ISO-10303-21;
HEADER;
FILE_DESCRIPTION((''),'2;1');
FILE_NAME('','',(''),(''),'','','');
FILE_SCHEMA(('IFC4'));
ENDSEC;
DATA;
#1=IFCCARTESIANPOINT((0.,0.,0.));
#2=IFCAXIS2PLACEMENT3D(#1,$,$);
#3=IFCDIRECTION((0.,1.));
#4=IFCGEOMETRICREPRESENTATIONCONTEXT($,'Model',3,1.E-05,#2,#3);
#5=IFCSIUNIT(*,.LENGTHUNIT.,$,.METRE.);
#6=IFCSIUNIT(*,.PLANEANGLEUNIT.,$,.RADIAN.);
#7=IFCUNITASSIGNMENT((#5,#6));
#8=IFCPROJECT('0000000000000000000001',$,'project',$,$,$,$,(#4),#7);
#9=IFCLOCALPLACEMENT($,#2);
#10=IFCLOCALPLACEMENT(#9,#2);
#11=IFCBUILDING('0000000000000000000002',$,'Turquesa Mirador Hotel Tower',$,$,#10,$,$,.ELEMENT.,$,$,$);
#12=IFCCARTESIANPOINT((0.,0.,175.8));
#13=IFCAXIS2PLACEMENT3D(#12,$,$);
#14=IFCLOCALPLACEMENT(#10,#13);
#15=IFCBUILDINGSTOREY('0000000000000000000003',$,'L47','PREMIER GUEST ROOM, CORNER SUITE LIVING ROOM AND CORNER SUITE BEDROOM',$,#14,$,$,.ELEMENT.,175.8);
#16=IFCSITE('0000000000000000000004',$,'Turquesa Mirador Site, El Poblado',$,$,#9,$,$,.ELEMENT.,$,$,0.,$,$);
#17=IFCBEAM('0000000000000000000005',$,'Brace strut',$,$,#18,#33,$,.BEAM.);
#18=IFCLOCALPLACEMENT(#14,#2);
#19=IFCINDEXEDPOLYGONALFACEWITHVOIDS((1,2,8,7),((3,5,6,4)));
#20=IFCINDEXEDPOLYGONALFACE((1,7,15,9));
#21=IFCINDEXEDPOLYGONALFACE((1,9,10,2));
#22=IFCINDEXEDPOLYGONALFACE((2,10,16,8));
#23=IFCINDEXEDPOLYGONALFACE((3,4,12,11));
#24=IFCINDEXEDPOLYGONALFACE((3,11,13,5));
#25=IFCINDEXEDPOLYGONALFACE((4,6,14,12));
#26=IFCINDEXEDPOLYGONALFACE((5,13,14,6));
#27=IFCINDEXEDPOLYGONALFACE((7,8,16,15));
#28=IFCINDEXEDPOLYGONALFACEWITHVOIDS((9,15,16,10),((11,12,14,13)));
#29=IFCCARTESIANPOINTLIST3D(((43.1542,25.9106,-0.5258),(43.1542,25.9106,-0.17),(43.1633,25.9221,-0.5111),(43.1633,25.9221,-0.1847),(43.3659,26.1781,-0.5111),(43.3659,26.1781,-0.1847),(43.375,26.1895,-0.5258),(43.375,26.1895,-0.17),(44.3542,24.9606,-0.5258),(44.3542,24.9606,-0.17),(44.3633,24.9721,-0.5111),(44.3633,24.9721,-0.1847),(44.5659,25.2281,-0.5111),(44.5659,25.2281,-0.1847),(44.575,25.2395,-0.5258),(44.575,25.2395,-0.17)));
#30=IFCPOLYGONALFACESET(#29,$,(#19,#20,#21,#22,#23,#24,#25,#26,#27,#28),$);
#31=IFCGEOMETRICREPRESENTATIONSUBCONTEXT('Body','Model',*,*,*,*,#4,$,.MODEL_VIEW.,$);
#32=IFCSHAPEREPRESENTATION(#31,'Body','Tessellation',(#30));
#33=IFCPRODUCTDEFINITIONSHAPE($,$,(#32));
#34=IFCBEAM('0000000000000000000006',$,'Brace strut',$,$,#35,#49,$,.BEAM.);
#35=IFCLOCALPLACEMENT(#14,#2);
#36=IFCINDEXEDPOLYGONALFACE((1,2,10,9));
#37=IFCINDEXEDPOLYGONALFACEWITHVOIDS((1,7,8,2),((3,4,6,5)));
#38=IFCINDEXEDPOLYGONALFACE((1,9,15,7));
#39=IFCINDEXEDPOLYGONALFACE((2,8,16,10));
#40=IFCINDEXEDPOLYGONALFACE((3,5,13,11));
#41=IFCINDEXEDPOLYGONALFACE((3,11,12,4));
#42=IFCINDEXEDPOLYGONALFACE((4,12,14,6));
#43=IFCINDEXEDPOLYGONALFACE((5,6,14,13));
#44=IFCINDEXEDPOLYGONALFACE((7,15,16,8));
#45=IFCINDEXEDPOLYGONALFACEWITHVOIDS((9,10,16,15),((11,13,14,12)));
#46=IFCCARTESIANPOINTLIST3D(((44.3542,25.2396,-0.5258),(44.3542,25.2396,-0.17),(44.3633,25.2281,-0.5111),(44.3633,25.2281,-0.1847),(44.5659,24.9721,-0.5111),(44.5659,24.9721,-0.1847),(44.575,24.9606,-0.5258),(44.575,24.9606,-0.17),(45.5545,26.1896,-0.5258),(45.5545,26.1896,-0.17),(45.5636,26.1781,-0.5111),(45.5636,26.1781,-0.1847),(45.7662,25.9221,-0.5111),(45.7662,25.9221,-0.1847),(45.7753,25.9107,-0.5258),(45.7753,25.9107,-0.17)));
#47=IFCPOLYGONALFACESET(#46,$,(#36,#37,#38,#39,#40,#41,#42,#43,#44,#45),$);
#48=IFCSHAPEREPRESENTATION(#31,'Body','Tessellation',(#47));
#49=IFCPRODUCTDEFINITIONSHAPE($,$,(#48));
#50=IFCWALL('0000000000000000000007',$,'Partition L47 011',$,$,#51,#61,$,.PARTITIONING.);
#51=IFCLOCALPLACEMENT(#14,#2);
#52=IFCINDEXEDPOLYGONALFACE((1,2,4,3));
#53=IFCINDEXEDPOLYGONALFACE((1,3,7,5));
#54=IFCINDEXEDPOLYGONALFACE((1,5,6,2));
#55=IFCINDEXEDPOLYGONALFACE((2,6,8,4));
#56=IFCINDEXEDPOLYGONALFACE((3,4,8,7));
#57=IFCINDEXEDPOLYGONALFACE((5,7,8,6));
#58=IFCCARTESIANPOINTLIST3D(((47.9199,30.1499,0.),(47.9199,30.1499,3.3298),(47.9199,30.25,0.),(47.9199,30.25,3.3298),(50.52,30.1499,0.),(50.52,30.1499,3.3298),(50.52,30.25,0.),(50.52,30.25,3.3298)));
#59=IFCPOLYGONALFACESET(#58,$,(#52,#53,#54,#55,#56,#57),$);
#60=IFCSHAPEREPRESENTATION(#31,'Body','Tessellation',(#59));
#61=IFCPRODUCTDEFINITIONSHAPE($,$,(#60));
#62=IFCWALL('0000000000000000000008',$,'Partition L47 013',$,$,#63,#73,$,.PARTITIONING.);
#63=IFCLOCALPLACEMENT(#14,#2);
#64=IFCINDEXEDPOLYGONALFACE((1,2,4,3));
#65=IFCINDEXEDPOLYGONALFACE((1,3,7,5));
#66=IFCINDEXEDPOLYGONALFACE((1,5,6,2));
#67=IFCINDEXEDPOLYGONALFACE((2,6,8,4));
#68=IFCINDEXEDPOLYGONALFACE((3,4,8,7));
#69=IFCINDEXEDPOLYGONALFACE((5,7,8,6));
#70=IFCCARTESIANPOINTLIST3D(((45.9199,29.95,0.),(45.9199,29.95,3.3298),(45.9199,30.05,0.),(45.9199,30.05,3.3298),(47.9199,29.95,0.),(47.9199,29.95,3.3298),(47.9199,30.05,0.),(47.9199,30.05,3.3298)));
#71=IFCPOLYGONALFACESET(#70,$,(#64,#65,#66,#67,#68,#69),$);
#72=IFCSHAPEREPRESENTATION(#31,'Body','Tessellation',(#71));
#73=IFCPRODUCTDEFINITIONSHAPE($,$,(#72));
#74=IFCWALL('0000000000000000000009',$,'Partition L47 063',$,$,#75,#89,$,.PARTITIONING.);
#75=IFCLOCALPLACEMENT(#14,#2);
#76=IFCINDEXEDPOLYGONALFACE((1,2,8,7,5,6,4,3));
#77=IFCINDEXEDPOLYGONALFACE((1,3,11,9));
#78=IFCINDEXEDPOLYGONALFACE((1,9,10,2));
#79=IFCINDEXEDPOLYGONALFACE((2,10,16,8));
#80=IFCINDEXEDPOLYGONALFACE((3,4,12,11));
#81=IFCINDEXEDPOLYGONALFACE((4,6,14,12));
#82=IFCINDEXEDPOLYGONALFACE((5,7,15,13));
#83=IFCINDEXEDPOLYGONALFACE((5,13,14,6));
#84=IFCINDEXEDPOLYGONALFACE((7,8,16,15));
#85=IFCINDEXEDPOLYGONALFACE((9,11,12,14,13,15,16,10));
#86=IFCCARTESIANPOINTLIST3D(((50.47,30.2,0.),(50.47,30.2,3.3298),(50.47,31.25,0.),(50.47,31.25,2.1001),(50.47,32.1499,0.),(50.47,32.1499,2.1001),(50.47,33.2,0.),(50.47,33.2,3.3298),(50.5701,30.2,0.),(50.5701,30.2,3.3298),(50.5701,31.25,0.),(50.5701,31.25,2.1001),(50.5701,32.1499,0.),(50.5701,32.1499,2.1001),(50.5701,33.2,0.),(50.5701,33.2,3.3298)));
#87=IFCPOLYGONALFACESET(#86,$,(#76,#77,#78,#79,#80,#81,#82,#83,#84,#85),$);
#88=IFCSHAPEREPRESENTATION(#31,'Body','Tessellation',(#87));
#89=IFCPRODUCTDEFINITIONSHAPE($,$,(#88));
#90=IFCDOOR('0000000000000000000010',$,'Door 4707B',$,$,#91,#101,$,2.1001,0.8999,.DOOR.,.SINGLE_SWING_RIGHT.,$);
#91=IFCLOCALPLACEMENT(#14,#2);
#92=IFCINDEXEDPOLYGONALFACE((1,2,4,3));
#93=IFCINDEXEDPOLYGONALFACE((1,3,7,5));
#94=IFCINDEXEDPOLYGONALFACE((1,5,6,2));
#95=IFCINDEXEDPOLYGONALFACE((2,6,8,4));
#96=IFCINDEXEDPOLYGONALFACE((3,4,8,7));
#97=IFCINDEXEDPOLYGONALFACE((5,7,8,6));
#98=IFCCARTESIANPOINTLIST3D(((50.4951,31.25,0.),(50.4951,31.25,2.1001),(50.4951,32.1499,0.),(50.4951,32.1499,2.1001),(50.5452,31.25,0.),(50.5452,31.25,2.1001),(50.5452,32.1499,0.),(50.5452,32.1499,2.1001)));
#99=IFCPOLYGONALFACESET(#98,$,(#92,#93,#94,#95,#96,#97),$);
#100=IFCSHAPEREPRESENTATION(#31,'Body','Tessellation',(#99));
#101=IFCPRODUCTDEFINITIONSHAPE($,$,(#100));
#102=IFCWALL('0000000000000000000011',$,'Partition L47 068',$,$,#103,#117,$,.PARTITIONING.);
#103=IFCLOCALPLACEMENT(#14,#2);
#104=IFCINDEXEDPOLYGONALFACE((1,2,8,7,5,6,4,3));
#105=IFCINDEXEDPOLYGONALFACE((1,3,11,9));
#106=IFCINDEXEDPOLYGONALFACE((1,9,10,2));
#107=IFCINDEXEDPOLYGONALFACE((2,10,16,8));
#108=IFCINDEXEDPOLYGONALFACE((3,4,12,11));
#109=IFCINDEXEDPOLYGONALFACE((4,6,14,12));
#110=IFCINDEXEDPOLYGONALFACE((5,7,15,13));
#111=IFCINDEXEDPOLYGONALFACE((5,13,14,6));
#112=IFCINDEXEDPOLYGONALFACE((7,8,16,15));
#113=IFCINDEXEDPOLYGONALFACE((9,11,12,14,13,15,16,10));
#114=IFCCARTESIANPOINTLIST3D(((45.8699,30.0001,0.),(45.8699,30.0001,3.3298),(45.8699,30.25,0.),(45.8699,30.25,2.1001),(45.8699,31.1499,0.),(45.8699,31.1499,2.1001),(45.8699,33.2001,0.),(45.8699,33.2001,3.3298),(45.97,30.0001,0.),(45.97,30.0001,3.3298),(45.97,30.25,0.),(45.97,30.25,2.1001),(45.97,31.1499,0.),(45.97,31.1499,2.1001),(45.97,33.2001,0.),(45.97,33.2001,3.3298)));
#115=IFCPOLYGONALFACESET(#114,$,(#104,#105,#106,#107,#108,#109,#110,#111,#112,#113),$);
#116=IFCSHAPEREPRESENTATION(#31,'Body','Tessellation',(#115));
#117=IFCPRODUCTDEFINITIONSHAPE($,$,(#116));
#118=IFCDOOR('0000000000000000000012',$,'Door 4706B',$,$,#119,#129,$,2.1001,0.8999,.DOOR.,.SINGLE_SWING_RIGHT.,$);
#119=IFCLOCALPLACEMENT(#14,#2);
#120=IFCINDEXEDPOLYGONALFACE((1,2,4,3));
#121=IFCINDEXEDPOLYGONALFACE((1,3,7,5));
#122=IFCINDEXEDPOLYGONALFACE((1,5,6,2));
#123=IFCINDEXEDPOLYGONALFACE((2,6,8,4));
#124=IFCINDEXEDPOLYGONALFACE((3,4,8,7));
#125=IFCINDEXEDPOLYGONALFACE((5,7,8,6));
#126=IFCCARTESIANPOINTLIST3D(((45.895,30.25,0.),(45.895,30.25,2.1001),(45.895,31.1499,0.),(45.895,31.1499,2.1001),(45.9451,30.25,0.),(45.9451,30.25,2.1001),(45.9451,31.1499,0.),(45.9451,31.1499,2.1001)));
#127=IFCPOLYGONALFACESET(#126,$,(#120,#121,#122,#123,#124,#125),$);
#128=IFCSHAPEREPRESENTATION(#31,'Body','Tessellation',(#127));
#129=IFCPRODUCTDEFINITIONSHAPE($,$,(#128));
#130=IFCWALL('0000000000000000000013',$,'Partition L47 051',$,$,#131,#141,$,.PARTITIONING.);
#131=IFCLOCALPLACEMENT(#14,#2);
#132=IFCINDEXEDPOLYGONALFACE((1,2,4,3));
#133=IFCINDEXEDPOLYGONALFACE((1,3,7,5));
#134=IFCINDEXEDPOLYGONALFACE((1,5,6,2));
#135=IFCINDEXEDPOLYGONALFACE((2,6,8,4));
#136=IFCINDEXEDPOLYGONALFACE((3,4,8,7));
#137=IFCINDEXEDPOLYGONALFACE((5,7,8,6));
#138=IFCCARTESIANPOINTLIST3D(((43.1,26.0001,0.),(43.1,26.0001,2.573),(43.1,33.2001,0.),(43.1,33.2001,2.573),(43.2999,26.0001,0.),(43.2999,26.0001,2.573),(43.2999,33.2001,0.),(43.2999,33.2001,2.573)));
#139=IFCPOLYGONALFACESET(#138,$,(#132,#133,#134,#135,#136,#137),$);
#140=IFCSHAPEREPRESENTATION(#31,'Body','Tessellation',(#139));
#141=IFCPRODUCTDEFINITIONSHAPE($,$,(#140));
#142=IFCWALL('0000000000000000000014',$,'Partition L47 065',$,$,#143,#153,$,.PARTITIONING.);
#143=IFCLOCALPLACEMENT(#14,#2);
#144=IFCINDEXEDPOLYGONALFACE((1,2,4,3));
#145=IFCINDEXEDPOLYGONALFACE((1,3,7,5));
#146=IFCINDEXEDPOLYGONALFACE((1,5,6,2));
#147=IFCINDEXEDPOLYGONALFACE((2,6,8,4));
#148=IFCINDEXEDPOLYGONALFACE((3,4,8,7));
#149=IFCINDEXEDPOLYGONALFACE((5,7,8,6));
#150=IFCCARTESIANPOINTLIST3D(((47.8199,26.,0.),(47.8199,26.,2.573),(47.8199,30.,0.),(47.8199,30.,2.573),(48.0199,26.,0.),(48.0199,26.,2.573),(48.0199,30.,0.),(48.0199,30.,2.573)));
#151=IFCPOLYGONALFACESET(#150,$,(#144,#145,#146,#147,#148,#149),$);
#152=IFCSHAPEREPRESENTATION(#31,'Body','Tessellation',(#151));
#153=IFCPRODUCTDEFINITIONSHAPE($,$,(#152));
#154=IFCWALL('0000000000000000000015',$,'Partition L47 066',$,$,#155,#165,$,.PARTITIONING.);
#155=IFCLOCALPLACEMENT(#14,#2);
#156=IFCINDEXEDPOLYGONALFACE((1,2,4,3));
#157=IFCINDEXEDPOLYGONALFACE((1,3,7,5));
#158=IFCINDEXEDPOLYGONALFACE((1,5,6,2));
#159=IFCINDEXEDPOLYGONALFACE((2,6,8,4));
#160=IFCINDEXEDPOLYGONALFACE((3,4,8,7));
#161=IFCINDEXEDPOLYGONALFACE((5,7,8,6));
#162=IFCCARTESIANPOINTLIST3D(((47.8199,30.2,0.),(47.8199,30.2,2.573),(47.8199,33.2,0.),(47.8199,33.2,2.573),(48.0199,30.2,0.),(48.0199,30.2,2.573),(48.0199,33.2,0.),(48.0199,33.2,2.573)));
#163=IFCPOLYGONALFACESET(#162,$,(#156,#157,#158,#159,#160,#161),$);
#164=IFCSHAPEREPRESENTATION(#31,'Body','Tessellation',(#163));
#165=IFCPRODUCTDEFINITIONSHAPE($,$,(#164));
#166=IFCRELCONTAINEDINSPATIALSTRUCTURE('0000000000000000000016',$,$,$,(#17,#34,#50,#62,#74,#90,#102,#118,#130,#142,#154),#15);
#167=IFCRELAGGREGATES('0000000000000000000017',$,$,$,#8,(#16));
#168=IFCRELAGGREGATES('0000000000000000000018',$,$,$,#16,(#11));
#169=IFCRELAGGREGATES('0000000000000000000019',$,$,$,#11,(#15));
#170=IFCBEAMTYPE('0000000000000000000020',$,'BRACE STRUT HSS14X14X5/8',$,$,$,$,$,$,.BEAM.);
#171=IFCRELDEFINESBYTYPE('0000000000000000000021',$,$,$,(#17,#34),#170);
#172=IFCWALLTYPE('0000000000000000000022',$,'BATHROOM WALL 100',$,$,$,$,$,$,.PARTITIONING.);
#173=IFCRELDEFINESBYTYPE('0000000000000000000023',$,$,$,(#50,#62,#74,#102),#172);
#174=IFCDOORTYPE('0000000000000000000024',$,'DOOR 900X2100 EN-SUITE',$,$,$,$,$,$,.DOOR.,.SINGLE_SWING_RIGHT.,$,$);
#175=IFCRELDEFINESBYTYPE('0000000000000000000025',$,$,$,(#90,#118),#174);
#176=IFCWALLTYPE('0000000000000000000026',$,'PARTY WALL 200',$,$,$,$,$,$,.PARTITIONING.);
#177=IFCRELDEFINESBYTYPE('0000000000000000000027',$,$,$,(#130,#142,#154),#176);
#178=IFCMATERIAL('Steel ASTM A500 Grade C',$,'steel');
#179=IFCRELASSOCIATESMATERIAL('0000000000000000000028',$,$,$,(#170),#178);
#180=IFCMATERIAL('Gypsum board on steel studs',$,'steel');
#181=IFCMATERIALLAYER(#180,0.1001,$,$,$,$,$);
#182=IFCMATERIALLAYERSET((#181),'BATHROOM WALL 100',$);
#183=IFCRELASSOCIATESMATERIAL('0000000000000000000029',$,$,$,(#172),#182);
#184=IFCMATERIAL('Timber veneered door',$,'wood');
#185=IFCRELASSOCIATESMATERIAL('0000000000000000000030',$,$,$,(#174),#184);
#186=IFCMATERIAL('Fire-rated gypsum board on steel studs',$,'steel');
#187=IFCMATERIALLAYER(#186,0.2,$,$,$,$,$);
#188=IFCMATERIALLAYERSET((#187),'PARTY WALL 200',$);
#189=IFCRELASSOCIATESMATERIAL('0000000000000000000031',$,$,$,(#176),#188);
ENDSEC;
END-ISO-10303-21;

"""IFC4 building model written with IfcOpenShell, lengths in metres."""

from ifc_helpers import new_model, si_unit, direction, frame, frame_2d, origin, origin_2d, place, context, subcontext, project, spatial, rectangle, hollow_rectangle, extrude, material, layer, layer_set, material_profile, profile_set, type_object, element, fill, save


model = new_model("IFC4")

# Units and contexts
model_context = context("Model", 3, precision=1e-05, world=origin(), true_north=direction((0.0, 1.0)))
body_context = subcontext(model_context, "Body", "Model", "MODEL_VIEW")
ifc_project = project(units=[si_unit("LENGTHUNIT", "METRE"), si_unit("PLANEANGLEUNIT", "RADIAN")], contexts=[model_context])

# Site, building, storey
site_placement = place(None, origin())
site = spatial("IfcSite", under=ifc_project, at=site_placement, Name="Turquesa Mirador Site, El Poblado", CompositionType="ELEMENT", RefElevation=0.0)
building_placement = place(site_placement, origin())
building = spatial("IfcBuilding", under=site, at=building_placement, Name="Turquesa Mirador Hotel Tower", CompositionType="ELEMENT")
storey_placement = place(building_placement, frame((0.0, 0.0, 175.8)))
storey = spatial("IfcBuildingStorey", under=building, at=storey_placement, Name="L47", Description="PREMIER GUEST ROOM, CORNER SUITE LIVING ROOM AND CORNER SUITE BEDROOM", CompositionType="ELEMENT", Elevation=175.8)

# Beams
ifc_material_1 = material(Name="Steel ASTM A500 Grade C", Category="steel")
ifc_material_profile_1 = material_profile(ifc_material_1, hollow_rectangle(XDim=0.3557, YDim=0.3557, WallThickness=0.0146, at=origin_2d()), Name="HSS14X14X5/8")
ifc_profile_set_1 = profile_set([ifc_material_profile_1], Name="Steel ASTM A500 Grade C")
beam_type_1 = type_object("IfcBeamType", Name="BRACE STRUT HSS14X14X5/8", PredefinedType="BEAM", material=ifc_profile_set_1)
beam_1_placement = place(storey_placement, frame((44.4646, 25.1001, -0.3479), z_axis=(-0.784049, 0.620699, 0.0), x_axis=(-0.620699, -0.784049, 0.0)))
element("IfcBeam", 1, at=beam_1_placement, inside=storey, type_object=beam_type_1, Name="Brace strut", PredefinedType="BEAM", context=body_context, shape_type="SweptSolid", body=[
    extrude(hollow_rectangle(XDim=0.3557, YDim=0.3557, WallThickness=0.0146, at=origin_2d()), origin(), (0.0, 0.0, 1.0), 1.5305),
])
beam_2_placement = place(storey_placement, frame((44.4646, 25.1001, -0.3479), z_axis=(0.784111, 0.620621, 0.0), x_axis=(-0.620621, 0.784111, 0.0)))
element("IfcBeam", 2, at=beam_2_placement, inside=storey, type_object=beam_type_1, Name="Brace strut", PredefinedType="BEAM", context=body_context, shape_type="SweptSolid", body=[
    extrude(hollow_rectangle(XDim=0.3557, YDim=0.3557, WallThickness=0.0146, at=origin_2d()), origin(), (0.0, 0.0, 1.0), 1.5308),
])

# Walls
ifc_material_2 = material(Name="Gypsum board on steel studs", Category="steel")
ifc_layer_1 = layer(ifc_material_2, 0.1001)
ifc_layer_set_1 = layer_set([ifc_layer_1], Name="BATHROOM WALL 100")
wall_type_1 = type_object("IfcWallType", Name="BATHROOM WALL 100", PredefinedType="PARTITIONING", material=ifc_layer_set_1)
wall_1_placement = place(storey_placement, frame((47.9199, 30.2, 0.0), z_axis=(0.0, 0.0, 1.0), x_axis=(1.0, 0.0, 0.0)))
element("IfcWall", 3, at=wall_1_placement, inside=storey, type_object=wall_type_1, Name="Partition L47 011", PredefinedType="PARTITIONING", context=body_context, shape_type="SweptSolid", body=[
    extrude(rectangle(XDim=2.6001, YDim=0.1001, at=frame_2d((1.3, 0.0))), origin(), (0.0, 0.0, 1.0), 3.3298),
])
wall_2_placement = place(storey_placement, frame((45.9199, 30.0, 0.0), z_axis=(0.0, 0.0, 1.0), x_axis=(1.0, 0.0, 0.0)))
element("IfcWall", 4, at=wall_2_placement, inside=storey, type_object=wall_type_1, Name="Partition L47 013", PredefinedType="PARTITIONING", context=body_context, shape_type="SweptSolid", body=[
    extrude(rectangle(XDim=2.0, YDim=0.1001, at=frame_2d((1.0, 0.0))), origin(), (0.0, 0.0, 1.0), 3.3298),
])

# Walls, openings, doors
wall_3_placement = place(storey_placement, frame((50.52, 30.2, 0.0), z_axis=(0.0, 0.0, 1.0), x_axis=(0.0, 1.0, 0.0)))
wall_3 = element("IfcWall", 5, at=wall_3_placement, inside=storey, type_object=wall_type_1, Name="Partition L47 063", PredefinedType="PARTITIONING", context=body_context, shape_type="SweptSolid", body=[
    extrude(rectangle(XDim=3.0, YDim=0.1001, at=frame_2d((1.5, 0.0))), origin(), (0.0, 0.0, 1.0), 3.3298),
])
opening_1_placement = place(wall_3_placement, frame((1.05, 0.0, 0.0)))
opening_1 = element("IfcOpeningElement", 6, at=opening_1_placement, cuts=wall_3, PredefinedType="OPENING", context=body_context, shape_type="SweptSolid", body=[
    extrude(rectangle(XDim=0.8999, YDim=2.1001, at=frame_2d((0.45, 1.05))), frame((0.0, 0.0601, 0.0), z_axis=(0.0, -1.0, 0.0), x_axis=(1.0, 0.0, 0.0)), (0.0, 0.0, 1.0), 0.1201),
])
ifc_material_3 = material(Name="Timber veneered door", Category="wood")
door_type = type_object("IfcDoorType", Name="DOOR 900X2100 EN-SUITE", OperationType="SINGLE_SWING_RIGHT", PredefinedType="DOOR", material=ifc_material_3)
door_1_placement = place(opening_1_placement, origin())
door_1 = element("IfcDoor", 7, at=door_1_placement, inside=storey, type_object=door_type, Name="Door 4707B", OperationType="SINGLE_SWING_RIGHT", OverallHeight=2.1001, OverallWidth=0.8999, PredefinedType="DOOR", context=body_context, shape_type="SweptSolid", body=[
    extrude(rectangle(XDim=0.8999, YDim=2.1001, at=frame_2d((0.45, 1.05))), frame((0.0, 0.0249, 0.0), z_axis=(0.0, -1.0, 0.0), x_axis=(1.0, 0.0, 0.0)), (0.0, 0.0, 1.0), 0.05),
])
fill(opening_1, door_1)
wall_4_placement = place(storey_placement, frame((45.9199, 30.0, 0.0), z_axis=(0.0, 0.0, 1.0), x_axis=(0.0, 1.0, 0.0)))
wall_4 = element("IfcWall", 8, at=wall_4_placement, inside=storey, type_object=wall_type_1, Name="Partition L47 068", PredefinedType="PARTITIONING", context=body_context, shape_type="SweptSolid", body=[
    extrude(rectangle(XDim=3.2, YDim=0.1001, at=frame_2d((1.6001, 0.0))), origin(), (0.0, 0.0, 1.0), 3.3298),
])
opening_2_placement = place(wall_4_placement, frame((0.25, 0.0, 0.0)))
opening_2 = element("IfcOpeningElement", 9, at=opening_2_placement, cuts=wall_4, PredefinedType="OPENING", context=body_context, shape_type="SweptSolid", body=[
    extrude(rectangle(XDim=0.8999, YDim=2.1001, at=frame_2d((0.45, 1.05))), frame((0.0, 0.0601, 0.0), z_axis=(0.0, -1.0, 0.0), x_axis=(1.0, 0.0, 0.0)), (0.0, 0.0, 1.0), 0.1201),
])
door_2_placement = place(opening_2_placement, origin())
door_2 = element("IfcDoor", 10, at=door_2_placement, inside=storey, type_object=door_type, Name="Door 4706B", OperationType="SINGLE_SWING_RIGHT", OverallHeight=2.1001, OverallWidth=0.8999, PredefinedType="DOOR", context=body_context, shape_type="SweptSolid", body=[
    extrude(rectangle(XDim=0.8999, YDim=2.1001, at=frame_2d((0.45, 1.05))), frame((0.0, 0.0249, 0.0), z_axis=(0.0, -1.0, 0.0), x_axis=(1.0, 0.0, 0.0)), (0.0, 0.0, 1.0), 0.05),
])
fill(opening_2, door_2)

# Walls
ifc_material_4 = material(Name="Fire-rated gypsum board on steel studs", Category="steel")
ifc_layer_2 = layer(ifc_material_4, 0.2)
ifc_layer_set_2 = layer_set([ifc_layer_2], Name="PARTY WALL 200")
wall_type_2 = type_object("IfcWallType", Name="PARTY WALL 200", PredefinedType="PARTITIONING", material=ifc_layer_set_2)
wall_5_placement = place(storey_placement, frame((43.2, 26.0, 0.0), z_axis=(0.0, 0.0, 1.0), x_axis=(0.0, 1.0, 0.0)))
element("IfcWall", 11, at=wall_5_placement, inside=storey, type_object=wall_type_2, Name="Partition L47 051", PredefinedType="PARTITIONING", context=body_context, shape_type="SweptSolid", body=[
    extrude(rectangle(XDim=7.2, YDim=0.2, at=frame_2d((3.6001, 0.0))), origin(), (0.0, 0.0, 1.0), 2.573),
])
wall_6_placement = place(storey_placement, frame((47.9199, 26.0, 0.0), z_axis=(0.0, 0.0, 1.0), x_axis=(0.0, 1.0, 0.0)))
element("IfcWall", 12, at=wall_6_placement, inside=storey, type_object=wall_type_2, Name="Partition L47 065", PredefinedType="PARTITIONING", context=body_context, shape_type="SweptSolid", body=[
    extrude(rectangle(XDim=4.0, YDim=0.2, at=frame_2d((2.0, 0.0))), origin(), (0.0, 0.0, 1.0), 2.573),
])
wall_7_placement = place(storey_placement, frame((47.9199, 30.2, 0.0), z_axis=(0.0, 0.0, 1.0), x_axis=(0.0, 1.0, 0.0)))
element("IfcWall", 13, at=wall_7_placement, inside=storey, type_object=wall_type_2, Name="Partition L47 066", PredefinedType="PARTITIONING", context=body_context, shape_type="SweptSolid", body=[
    extrude(rectangle(XDim=3.0, YDim=0.2, at=frame_2d((1.5, 0.0))), origin(), (0.0, 0.0, 1.0), 2.573),
])

save(model, "model.ifc")
